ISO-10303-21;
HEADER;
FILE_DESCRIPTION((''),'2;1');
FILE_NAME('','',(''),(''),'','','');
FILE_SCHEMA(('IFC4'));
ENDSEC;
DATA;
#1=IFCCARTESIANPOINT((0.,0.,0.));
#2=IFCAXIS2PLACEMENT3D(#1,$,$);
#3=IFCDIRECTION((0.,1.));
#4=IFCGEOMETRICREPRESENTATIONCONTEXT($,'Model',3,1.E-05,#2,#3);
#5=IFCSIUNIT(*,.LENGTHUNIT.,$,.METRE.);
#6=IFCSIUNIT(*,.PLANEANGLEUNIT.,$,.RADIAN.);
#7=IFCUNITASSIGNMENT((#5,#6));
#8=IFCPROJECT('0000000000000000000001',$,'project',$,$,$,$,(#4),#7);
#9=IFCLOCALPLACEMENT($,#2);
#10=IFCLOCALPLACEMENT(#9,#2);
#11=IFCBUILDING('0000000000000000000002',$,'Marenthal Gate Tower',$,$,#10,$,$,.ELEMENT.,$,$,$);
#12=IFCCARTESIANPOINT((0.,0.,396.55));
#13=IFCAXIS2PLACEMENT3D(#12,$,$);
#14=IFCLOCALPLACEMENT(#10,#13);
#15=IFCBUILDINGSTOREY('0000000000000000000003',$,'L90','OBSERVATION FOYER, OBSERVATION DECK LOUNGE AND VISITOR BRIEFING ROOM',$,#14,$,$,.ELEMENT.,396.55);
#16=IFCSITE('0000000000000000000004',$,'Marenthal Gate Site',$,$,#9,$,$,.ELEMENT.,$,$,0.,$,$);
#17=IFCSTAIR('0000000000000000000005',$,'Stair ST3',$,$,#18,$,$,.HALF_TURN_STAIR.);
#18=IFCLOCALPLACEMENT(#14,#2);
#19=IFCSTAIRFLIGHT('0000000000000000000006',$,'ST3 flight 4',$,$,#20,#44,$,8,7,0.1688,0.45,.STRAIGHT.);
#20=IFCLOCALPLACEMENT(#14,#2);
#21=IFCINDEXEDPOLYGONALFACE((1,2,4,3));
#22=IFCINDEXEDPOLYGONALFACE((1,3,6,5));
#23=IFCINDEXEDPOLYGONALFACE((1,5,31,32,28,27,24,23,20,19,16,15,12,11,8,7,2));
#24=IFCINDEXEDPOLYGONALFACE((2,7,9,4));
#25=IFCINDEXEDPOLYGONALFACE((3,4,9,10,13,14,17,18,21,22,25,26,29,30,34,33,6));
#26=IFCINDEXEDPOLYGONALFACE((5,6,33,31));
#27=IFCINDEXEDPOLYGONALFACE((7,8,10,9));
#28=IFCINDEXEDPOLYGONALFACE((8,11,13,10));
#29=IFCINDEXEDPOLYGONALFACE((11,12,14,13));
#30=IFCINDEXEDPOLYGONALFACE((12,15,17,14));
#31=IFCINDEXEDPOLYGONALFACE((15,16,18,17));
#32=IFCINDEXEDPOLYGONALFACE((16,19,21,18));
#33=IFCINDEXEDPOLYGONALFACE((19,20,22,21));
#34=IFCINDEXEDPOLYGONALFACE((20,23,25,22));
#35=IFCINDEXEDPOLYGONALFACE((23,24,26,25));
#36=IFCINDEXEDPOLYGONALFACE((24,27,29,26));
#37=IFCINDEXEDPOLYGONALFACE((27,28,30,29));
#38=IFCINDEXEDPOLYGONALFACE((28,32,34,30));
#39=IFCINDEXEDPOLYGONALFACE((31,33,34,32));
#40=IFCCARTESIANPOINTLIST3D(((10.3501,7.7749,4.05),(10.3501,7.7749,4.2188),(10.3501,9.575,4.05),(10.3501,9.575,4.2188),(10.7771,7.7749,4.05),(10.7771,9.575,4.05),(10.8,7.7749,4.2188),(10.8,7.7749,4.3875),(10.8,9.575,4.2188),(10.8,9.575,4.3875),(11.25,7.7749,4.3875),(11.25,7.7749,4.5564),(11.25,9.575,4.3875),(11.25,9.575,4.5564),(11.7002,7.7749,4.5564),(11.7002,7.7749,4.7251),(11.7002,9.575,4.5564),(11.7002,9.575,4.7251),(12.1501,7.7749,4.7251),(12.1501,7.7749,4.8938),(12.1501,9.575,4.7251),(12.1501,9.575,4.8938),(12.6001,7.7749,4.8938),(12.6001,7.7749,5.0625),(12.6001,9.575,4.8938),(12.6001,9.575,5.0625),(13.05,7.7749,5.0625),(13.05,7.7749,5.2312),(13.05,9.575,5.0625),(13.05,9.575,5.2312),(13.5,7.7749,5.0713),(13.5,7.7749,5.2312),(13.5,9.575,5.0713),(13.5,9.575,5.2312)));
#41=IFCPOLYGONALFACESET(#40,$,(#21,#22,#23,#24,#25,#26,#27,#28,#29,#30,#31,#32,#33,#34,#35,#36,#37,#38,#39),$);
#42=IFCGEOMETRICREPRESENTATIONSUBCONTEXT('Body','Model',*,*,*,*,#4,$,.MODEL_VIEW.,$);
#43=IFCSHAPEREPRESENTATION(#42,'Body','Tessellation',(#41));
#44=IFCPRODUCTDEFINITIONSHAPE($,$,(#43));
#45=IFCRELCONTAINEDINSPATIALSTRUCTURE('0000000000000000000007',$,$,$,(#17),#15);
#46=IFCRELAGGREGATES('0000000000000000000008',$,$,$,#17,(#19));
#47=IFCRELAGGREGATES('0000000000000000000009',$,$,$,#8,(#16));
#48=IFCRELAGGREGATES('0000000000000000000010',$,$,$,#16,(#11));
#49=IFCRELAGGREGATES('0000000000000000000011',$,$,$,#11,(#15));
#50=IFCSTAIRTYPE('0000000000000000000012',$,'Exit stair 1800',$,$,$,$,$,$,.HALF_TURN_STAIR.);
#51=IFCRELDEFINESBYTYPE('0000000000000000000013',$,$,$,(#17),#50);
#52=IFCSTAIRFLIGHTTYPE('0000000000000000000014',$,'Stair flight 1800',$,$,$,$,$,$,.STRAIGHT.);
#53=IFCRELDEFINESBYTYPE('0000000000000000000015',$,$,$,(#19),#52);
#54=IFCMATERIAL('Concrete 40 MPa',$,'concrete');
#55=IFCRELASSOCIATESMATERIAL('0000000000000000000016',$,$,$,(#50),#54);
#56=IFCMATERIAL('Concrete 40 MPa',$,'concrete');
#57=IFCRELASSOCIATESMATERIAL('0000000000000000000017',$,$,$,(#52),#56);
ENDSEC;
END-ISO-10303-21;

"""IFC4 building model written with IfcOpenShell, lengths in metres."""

from ifc_helpers import new_model, si_unit, direction, frame, origin, place, context, subcontext, project, spatial, polyline, outline, extrude, material, type_object, element, aggregate, save


model = new_model("IFC4")

# Units and contexts
model_context = context("Model", 3, precision=1e-05, world=origin(), true_north=direction((0.0, 1.0)))
body_context = subcontext(model_context, "Body", "Model", "MODEL_VIEW")
ifc_project = project(units=[si_unit("LENGTHUNIT", "METRE"), si_unit("PLANEANGLEUNIT", "RADIAN")], contexts=[model_context])

# Site, building, storey
site_placement = place(None, origin())
site = spatial("IfcSite", under=ifc_project, at=site_placement, Name="Marenthal Gate Site", CompositionType="ELEMENT", RefElevation=0.0)
building_placement = place(site_placement, origin())
building = spatial("IfcBuilding", under=site, at=building_placement, Name="Marenthal Gate Tower", CompositionType="ELEMENT")
storey_placement = place(building_placement, frame((0.0, 0.0, 396.55)))
storey = spatial("IfcBuildingStorey", under=building, at=storey_placement, Name="L90", Description="OBSERVATION FOYER, OBSERVATION DECK LOUNGE AND VISITOR BRIEFING ROOM", CompositionType="ELEMENT", Elevation=396.55)

# Stair
ifc_material_1 = material(Name="Concrete 40 MPa", Category="concrete")
stair_type = type_object("IfcStairType", Name="Exit stair 1800", PredefinedType="HALF_TURN_STAIR", material=ifc_material_1)
stair_placement = place(storey_placement, origin())
stair = element("IfcStair", 1, at=stair_placement, inside=storey, type_object=stair_type, Name="Stair ST3", PredefinedType="HALF_TURN_STAIR")

# Stair flight
ifc_material_2 = material(Name="Concrete 40 MPa", Category="concrete")
stair_flight_type = type_object("IfcStairFlightType", Name="Stair flight 1800", PredefinedType="STRAIGHT", material=ifc_material_2)
stair_flight_1_placement = place(storey_placement, frame((10.3501, 8.675, 4.05), z_axis=(0.0, 0.0, 1.0), x_axis=(1.0, 0.0, 0.0)))
stair_flight_1 = element("IfcStairFlight", 2, at=stair_flight_1_placement, type_object=stair_flight_type, Name="ST3 flight 4", NumberOfRisers=8, NumberOfTreads=7, PredefinedType="STRAIGHT", RiserHeight=0.1688, TreadLength=0.45, context=body_context, shape_type="SweptSolid", body=[
    extrude(outline(polyline([(0.0, 0.0), (0.0, 0.1687), (0.45, 0.1687), (0.45, 0.3374), (0.8999, 0.3374), (0.8999, 0.5063), (1.3501, 0.5063), (1.3501, 0.675), (1.8, 0.675), (1.8, 0.8438), (2.25, 0.8438), (2.25, 1.0125), (2.7, 1.0125), (2.7, 1.1812), (3.1499, 1.1812), (3.1499, 1.3501), (3.1499, 1.0212), (0.427, 0.0), (0.0, 0.0)])), frame((0.0, 0.8999, 0.0), z_axis=(0.0, -1.0, 0.0), x_axis=(1.0, 0.0, 0.0)), (0.0, 0.0, 1.0), 1.8),
])
aggregate(stair, [stair_flight_1])

save(model, "model.ifc")
